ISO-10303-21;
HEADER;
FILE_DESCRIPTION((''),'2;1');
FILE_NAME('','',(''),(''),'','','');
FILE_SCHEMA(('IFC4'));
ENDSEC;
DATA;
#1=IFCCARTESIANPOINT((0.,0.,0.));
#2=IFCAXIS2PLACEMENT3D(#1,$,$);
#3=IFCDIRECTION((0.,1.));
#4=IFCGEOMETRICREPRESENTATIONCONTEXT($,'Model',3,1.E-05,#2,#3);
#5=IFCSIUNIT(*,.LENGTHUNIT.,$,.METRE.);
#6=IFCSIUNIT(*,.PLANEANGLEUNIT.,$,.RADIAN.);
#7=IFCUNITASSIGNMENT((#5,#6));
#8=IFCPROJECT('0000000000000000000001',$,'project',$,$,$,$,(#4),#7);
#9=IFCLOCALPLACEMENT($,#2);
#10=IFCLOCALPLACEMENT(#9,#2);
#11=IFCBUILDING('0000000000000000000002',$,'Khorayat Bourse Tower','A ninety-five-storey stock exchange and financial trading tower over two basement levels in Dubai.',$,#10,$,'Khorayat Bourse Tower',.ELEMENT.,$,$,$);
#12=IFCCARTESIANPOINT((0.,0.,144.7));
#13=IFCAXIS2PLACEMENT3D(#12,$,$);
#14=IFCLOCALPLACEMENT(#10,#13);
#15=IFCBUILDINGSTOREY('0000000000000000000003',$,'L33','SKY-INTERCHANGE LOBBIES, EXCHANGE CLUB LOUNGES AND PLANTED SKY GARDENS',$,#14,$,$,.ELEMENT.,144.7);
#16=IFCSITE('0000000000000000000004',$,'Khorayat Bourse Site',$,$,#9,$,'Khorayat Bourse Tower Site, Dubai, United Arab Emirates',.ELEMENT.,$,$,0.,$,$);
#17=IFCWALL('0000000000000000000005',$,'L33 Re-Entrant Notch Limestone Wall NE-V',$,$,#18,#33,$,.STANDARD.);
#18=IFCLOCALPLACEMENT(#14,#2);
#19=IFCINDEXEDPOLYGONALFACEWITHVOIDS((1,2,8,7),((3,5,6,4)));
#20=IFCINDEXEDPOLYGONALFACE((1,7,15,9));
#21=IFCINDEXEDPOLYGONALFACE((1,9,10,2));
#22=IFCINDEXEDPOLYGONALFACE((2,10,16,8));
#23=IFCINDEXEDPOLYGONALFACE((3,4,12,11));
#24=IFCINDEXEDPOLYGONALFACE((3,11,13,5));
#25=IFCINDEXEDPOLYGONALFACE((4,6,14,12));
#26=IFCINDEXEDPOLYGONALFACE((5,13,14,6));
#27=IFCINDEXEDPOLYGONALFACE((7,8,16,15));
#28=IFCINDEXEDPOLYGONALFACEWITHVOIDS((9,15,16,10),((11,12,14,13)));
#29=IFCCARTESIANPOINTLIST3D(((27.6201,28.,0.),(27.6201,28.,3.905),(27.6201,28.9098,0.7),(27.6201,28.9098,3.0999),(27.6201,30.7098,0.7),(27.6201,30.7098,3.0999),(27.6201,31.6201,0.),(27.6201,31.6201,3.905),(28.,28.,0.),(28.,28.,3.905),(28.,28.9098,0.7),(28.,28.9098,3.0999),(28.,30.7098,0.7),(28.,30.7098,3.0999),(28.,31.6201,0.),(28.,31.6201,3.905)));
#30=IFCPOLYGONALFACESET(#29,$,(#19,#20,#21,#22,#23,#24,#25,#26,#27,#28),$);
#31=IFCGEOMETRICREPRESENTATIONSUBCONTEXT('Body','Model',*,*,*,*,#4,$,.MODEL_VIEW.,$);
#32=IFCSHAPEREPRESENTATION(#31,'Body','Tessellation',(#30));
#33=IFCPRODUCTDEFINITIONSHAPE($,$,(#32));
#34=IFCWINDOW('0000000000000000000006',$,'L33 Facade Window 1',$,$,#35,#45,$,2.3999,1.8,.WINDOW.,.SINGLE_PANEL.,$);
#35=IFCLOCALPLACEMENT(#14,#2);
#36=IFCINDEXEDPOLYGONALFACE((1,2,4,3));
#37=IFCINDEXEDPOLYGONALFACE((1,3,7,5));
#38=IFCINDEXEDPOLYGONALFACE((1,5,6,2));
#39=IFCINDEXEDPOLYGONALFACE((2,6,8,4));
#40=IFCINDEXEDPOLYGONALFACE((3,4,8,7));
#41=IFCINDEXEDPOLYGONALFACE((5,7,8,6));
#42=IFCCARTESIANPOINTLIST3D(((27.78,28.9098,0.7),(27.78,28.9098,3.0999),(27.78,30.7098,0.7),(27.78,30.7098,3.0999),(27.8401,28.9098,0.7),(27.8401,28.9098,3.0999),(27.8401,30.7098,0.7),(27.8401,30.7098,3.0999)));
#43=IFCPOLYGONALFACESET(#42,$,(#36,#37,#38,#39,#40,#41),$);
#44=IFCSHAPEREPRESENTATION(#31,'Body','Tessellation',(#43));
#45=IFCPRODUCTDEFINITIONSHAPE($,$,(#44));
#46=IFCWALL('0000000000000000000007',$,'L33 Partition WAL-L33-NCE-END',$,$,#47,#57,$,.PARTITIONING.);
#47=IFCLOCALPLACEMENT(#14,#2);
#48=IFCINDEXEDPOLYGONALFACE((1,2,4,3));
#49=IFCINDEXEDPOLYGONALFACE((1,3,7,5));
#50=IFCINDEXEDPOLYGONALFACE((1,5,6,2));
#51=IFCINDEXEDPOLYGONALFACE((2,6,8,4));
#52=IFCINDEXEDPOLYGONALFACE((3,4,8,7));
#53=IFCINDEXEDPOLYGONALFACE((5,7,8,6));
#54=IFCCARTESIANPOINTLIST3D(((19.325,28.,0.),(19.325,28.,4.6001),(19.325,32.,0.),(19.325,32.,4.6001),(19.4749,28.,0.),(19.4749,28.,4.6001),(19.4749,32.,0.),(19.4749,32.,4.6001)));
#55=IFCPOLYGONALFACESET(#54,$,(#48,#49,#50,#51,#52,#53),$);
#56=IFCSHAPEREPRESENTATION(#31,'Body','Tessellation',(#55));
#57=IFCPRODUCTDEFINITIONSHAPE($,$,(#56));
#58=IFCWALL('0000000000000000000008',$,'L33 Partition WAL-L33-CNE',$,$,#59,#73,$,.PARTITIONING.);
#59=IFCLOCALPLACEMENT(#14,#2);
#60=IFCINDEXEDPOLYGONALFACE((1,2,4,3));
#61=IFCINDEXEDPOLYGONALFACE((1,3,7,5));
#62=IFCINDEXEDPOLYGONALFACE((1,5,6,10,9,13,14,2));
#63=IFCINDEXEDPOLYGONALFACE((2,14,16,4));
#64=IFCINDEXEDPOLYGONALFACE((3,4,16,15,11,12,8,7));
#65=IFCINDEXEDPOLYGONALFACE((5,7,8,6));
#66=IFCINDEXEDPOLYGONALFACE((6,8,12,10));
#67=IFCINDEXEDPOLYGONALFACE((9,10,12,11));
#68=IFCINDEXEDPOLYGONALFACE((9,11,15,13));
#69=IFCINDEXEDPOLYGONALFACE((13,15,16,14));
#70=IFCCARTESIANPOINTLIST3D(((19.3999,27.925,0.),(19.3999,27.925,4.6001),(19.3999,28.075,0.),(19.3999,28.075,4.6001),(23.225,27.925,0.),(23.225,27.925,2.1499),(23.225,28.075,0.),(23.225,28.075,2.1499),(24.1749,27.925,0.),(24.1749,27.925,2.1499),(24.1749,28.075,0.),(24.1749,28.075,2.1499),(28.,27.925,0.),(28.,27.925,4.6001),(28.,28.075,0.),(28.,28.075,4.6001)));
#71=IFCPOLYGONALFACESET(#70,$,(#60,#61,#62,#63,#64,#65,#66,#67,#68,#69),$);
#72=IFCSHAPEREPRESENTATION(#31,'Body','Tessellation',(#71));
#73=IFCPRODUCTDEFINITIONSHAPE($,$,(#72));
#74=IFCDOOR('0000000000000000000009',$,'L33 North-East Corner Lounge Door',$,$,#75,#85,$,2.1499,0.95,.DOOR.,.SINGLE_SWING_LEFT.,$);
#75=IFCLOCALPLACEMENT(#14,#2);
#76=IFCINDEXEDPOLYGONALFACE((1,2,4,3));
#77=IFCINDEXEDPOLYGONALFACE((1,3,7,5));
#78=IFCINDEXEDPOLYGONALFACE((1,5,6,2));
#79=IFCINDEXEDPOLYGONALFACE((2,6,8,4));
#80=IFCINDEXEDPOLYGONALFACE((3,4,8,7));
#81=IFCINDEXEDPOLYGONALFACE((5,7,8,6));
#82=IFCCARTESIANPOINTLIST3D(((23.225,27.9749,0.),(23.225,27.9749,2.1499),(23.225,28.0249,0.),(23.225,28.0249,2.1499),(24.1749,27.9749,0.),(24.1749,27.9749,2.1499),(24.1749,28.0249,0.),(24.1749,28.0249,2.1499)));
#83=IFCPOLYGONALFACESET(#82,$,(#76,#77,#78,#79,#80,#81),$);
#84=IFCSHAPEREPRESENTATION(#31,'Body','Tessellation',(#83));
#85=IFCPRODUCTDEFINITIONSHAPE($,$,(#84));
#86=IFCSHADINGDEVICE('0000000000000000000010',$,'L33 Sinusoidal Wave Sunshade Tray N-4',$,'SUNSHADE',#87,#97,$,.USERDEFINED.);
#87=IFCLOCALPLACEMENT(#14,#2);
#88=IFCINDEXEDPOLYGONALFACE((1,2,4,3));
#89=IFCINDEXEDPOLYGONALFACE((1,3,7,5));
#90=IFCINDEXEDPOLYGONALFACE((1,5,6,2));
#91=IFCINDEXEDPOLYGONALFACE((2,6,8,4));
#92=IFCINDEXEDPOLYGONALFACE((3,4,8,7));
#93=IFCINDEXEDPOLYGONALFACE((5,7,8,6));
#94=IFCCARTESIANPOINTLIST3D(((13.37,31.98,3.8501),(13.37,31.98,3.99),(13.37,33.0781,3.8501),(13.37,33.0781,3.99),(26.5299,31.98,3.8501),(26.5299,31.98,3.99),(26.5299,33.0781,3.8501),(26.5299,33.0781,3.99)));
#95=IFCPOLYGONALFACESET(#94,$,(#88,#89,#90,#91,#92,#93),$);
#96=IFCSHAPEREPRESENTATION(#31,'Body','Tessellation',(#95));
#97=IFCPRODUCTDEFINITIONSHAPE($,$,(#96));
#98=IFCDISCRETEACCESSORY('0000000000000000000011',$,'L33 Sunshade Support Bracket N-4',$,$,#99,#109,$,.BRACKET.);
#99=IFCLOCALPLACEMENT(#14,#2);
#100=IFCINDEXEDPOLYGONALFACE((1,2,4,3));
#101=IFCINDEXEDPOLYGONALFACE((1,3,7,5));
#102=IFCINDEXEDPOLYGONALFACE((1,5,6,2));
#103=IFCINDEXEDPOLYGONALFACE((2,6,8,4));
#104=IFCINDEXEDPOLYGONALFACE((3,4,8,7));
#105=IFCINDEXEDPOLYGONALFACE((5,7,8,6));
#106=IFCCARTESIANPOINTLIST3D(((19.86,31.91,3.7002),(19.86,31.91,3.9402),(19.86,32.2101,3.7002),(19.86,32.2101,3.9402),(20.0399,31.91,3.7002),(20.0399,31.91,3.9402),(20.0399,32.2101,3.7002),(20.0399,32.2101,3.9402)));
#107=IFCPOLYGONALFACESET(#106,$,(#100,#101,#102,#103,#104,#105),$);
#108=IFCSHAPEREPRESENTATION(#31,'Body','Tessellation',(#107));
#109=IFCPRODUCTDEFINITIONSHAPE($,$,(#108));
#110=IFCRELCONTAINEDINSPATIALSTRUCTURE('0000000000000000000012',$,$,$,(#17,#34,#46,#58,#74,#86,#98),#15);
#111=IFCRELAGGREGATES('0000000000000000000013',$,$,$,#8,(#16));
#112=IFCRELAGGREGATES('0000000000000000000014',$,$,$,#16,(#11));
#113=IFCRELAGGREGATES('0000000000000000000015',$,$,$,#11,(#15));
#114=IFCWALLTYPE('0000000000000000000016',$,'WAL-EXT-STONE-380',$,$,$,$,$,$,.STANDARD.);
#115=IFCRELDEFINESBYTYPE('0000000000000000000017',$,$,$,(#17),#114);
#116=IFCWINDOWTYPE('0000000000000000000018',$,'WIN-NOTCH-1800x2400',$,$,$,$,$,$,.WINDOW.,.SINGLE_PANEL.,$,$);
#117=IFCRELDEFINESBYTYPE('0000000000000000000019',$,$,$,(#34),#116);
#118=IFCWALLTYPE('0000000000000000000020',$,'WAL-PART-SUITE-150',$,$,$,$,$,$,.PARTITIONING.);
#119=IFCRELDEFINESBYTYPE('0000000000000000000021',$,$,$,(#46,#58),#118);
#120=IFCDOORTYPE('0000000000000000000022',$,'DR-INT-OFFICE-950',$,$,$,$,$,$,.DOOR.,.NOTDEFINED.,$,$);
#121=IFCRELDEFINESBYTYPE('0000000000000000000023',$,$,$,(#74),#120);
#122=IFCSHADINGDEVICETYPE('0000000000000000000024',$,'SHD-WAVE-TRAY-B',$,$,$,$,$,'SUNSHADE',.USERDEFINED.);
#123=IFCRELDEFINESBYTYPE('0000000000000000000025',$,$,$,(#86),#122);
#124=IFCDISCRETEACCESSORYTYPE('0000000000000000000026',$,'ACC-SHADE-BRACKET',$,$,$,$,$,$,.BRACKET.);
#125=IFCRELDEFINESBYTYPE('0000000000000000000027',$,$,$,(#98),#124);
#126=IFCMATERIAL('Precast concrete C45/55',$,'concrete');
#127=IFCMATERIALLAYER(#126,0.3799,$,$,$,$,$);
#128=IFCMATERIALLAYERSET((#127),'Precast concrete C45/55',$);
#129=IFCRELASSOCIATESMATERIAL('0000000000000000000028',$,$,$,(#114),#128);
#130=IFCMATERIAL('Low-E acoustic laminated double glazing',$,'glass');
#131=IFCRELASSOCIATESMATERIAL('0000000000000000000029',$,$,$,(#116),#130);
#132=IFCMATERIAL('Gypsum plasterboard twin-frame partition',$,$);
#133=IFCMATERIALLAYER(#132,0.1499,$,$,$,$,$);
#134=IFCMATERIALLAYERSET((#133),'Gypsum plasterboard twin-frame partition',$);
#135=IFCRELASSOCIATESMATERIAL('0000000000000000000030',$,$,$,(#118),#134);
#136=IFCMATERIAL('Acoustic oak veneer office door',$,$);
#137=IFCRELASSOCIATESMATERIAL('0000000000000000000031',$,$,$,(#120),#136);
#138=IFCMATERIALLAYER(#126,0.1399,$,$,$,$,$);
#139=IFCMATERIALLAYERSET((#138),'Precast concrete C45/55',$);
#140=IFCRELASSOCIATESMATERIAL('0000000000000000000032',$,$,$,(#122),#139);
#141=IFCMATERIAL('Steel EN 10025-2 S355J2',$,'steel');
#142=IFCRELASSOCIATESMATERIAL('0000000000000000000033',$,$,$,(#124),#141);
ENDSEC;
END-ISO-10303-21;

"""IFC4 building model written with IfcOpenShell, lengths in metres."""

from ifc_helpers import new_model, si_unit, direction, frame, frame_2d, origin, origin_2d, place, context, subcontext, project, spatial, rectangle, extrude, source, transform, mapped, material, layer, layer_set, type_object, element, fill, save


model = new_model("IFC4")

# Units and contexts
model_context = context("Model", 3, precision=1e-05, world=origin(), true_north=direction((0.0, 1.0)))
body_context = subcontext(model_context, "Body", "Model", "MODEL_VIEW")
ifc_project = project(units=[si_unit("LENGTHUNIT", "METRE"), si_unit("PLANEANGLEUNIT", "RADIAN")], contexts=[model_context])

# Site, building, storey
site_placement = place(None, origin())
site = spatial("IfcSite", under=ifc_project, at=site_placement, Name="Khorayat Bourse Site", LongName="Khorayat Bourse Tower Site, Dubai, United Arab Emirates", CompositionType="ELEMENT", RefElevation=0.0)
building_placement = place(site_placement, origin())
building = spatial("IfcBuilding", under=site, at=building_placement, Name="Khorayat Bourse Tower", Description="A ninety-five-storey stock exchange and financial trading tower over two basement levels in Dubai.", LongName="Khorayat Bourse Tower", CompositionType="ELEMENT")
storey_placement = place(building_placement, frame((0.0, 0.0, 144.7)))
storey = spatial("IfcBuildingStorey", under=building, at=storey_placement, Name="L33", Description="SKY-INTERCHANGE LOBBIES, EXCHANGE CLUB LOUNGES AND PLANTED SKY GARDENS", CompositionType="ELEMENT", Elevation=144.7)

# Shared definitions
ifc_material_1 = material(Name="Steel EN 10025-2 S355J2", Category="steel")

# Wall, opening, window
ifc_material_2 = material(Name="Precast concrete C45/55", Category="concrete")
ifc_layer_1 = layer(ifc_material_2, 0.3799)
ifc_layer_set_1 = layer_set([ifc_layer_1], Name="Precast concrete C45/55")
wall_type_1 = type_object("IfcWallType", Name="WAL-EXT-STONE-380", PredefinedType="STANDARD", material=ifc_layer_set_1)
shared_shape_1 = source(origin(), body_context, "Body", "SweptSolid", [
    extrude(rectangle(XDim=3.6201, YDim=0.3799, at=frame_2d((1.8101, 0.0))), origin(), (0.0, 0.0, 1.0), 3.905),
])
shared_shape_2 = source(origin(), body_context, "Body", "SweptSolid", [
    extrude(rectangle(XDim=1.8, YDim=2.3999, at=frame_2d((0.8999, 1.2))), frame((0.0, 0.2, 0.0), z_axis=(0.0, -1.0, 0.0), x_axis=(1.0, 0.0, 0.0)), (0.0, 0.0, 1.0), 0.3999),
])
ifc_material_3 = material(Name="Low-E acoustic laminated double glazing", Category="glass")
window_type = type_object("IfcWindowType", Name="WIN-NOTCH-1800x2400", PartitioningType="SINGLE_PANEL", PredefinedType="WINDOW", material=ifc_material_3)
shared_shape_3 = source(origin(), body_context, "Body", "SweptSolid", [
    extrude(rectangle(XDim=1.8, YDim=2.3999, at=frame_2d((0.8999, 1.2))), frame((0.0, 0.03, 0.0), z_axis=(0.0, -1.0, 0.0), x_axis=(1.0, 0.0, 0.0)), (0.0, 0.0, 1.0), 0.0601),
])
wall_1_placement = place(storey_placement, frame((27.8101, 28.0, 0.0), z_axis=(0.0, 0.0, 1.0), x_axis=(0.0, 1.0, 0.0)))
wall_1 = element("IfcWall", 1, at=wall_1_placement, inside=storey, type_object=wall_type_1, Name="L33 Re-Entrant Notch Limestone Wall NE-V", PredefinedType="STANDARD", context=body_context, shape_type="MappedRepresentation", body=[
    mapped(shared_shape_1, transform((0.0, 0.0, 0.0), scale=1.0)),
])
opening_1_placement = place(wall_1_placement, frame((0.9099, 0.0, 0.7)))
opening_1 = element("IfcOpeningElement", 2, at=opening_1_placement, cuts=wall_1, PredefinedType="OPENING", context=body_context, shape_type="MappedRepresentation", body=[
    mapped(shared_shape_2, transform((0.0, 0.0, 0.0), scale=1.0)),
])
window_1_placement = place(opening_1_placement, origin())
window_1 = element("IfcWindow", 3, at=window_1_placement, inside=storey, type_object=window_type, Name="L33 Facade Window 1", OverallHeight=2.3999, OverallWidth=1.8, PartitioningType="SINGLE_PANEL", PredefinedType="WINDOW", context=body_context, shape_type="MappedRepresentation", body=[
    mapped(shared_shape_3, transform((0.0, 0.0, 0.0), scale=1.0)),
])
fill(opening_1, window_1)

# Wall
ifc_material_4 = material(Name="Gypsum plasterboard twin-frame partition")
ifc_layer_2 = layer(ifc_material_4, 0.1499)
ifc_layer_set_2 = layer_set([ifc_layer_2], Name="Gypsum plasterboard twin-frame partition")
wall_type_2 = type_object("IfcWallType", Name="WAL-PART-SUITE-150", PredefinedType="PARTITIONING", material=ifc_layer_set_2)
shared_shape_4 = source(origin(), body_context, "Body", "SweptSolid", [
    extrude(rectangle(XDim=4.0, YDim=0.1499, at=frame_2d((2.0, 0.0))), origin(), (0.0, 0.0, 1.0), 4.6001),
])
wall_2_placement = place(storey_placement, frame((19.3999, 28.0, 0.0), z_axis=(0.0, 0.0, 1.0), x_axis=(0.0, 1.0, 0.0)))
element("IfcWall", 4, at=wall_2_placement, inside=storey, type_object=wall_type_2, Name="L33 Partition WAL-L33-NCE-END", PredefinedType="PARTITIONING", context=body_context, shape_type="MappedRepresentation", body=[
    mapped(shared_shape_4, transform((0.0, 0.0, 0.0), scale=1.0)),
])

# Wall, opening, door
shared_shape_5 = source(origin(), body_context, "Body", "SweptSolid", [
    extrude(rectangle(XDim=8.6001, YDim=0.1499, at=frame_2d((4.3, 0.0))), origin(), (0.0, 0.0, 1.0), 4.6001),
])
wall_3_placement = place(storey_placement, frame((19.3999, 28.0, 0.0), z_axis=(0.0, 0.0, 1.0), x_axis=(1.0, 0.0, 0.0)))
wall_3 = element("IfcWall", 5, at=wall_3_placement, inside=storey, type_object=wall_type_2, Name="L33 Partition WAL-L33-CNE", PredefinedType="PARTITIONING", context=body_context, shape_type="MappedRepresentation", body=[
    mapped(shared_shape_5, transform((0.0, 0.0, 0.0), scale=1.0)),
])
shared_shape_6 = source(origin(), body_context, "Body", "SweptSolid", [
    extrude(rectangle(XDim=0.95, YDim=2.1499, at=frame_2d((0.4751, 1.075))), frame((0.0, 0.085, 0.0), z_axis=(0.0, -1.0, 0.0), x_axis=(1.0, 0.0, 0.0)), (0.0, 0.0, 1.0), 0.1699),
])
opening_2_placement = place(wall_3_placement, frame((3.825, 0.0, 0.0)))
opening_2 = element("IfcOpeningElement", 6, at=opening_2_placement, cuts=wall_3, PredefinedType="OPENING", context=body_context, shape_type="MappedRepresentation", body=[
    mapped(shared_shape_6, transform((0.0, 0.0, 0.0), scale=1.0)),
])
ifc_material_5 = material(Name="Acoustic oak veneer office door")
door_type = type_object("IfcDoorType", Name="DR-INT-OFFICE-950", OperationType="NOTDEFINED", PredefinedType="DOOR", material=ifc_material_5)
shared_shape_7 = source(origin(), body_context, "Body", "SweptSolid", [
    extrude(rectangle(XDim=0.95, YDim=2.1499, at=frame_2d((0.4751, 1.075))), frame((0.0, 0.0249, 0.0), z_axis=(0.0, -1.0, 0.0), x_axis=(1.0, 0.0, 0.0)), (0.0, 0.0, 1.0), 0.05),
])
door_placement = place(opening_2_placement, origin())
door = element("IfcDoor", 7, at=door_placement, inside=storey, type_object=door_type, Name="L33 North-East Corner Lounge Door", OperationType="SINGLE_SWING_LEFT", OverallHeight=2.1499, OverallWidth=0.95, PredefinedType="DOOR", context=body_context, shape_type="MappedRepresentation", body=[
    mapped(shared_shape_7, transform((0.0, 0.0, 0.0), scale=1.0)),
])
fill(opening_2, door)

# Shading device
ifc_layer_3 = layer(ifc_material_2, 0.1399)
ifc_layer_set_3 = layer_set([ifc_layer_3], Name="Precast concrete C45/55")
shading_device_type = type_object("IfcShadingDeviceType", Name="SHD-WAVE-TRAY-B", ElementType="SUNSHADE", PredefinedType="USERDEFINED", material=ifc_layer_set_3)
shared_shape_8 = source(origin(), body_context, "Body", "SweptSolid", [
    extrude(rectangle(XDim=13.1599, YDim=1.0981, at=origin_2d()), origin(), (0.0, 0.0, 1.0), 0.1399),
])
shading_device_placement = place(storey_placement, frame((19.95, 32.5291, 3.8501), z_axis=(0.0, 0.0, 1.0), x_axis=(1.0, 0.0, 0.0)))
element("IfcShadingDevice", 8, at=shading_device_placement, inside=storey, type_object=shading_device_type, Name="L33 Sinusoidal Wave Sunshade Tray N-4", ObjectType="SUNSHADE", PredefinedType="USERDEFINED", context=body_context, shape_type="MappedRepresentation", body=[
    mapped(shared_shape_8, transform((0.0, 0.0, 0.0), scale=1.0)),
])

# Discrete accessory
discrete_accessory_type = type_object("IfcDiscreteAccessoryType", Name="ACC-SHADE-BRACKET", PredefinedType="BRACKET", material=ifc_material_1)
shared_shape_9 = source(origin(), body_context, "Body", "SweptSolid", [
    extrude(rectangle(XDim=0.1799, YDim=0.3, at=origin_2d()), origin(), (0.0, 0.0, 1.0), 0.24),
])
discrete_accessory_placement = place(storey_placement, frame((19.95, 32.0601, 3.7002), z_axis=(0.0, 0.0, 1.0), x_axis=(1.0, 0.0, 0.0)))
element("IfcDiscreteAccessory", 9, at=discrete_accessory_placement, inside=storey, type_object=discrete_accessory_type, Name="L33 Sunshade Support Bracket N-4", PredefinedType="BRACKET", context=body_context, shape_type="MappedRepresentation", body=[
    mapped(shared_shape_9, transform((0.0, 0.0, 0.0), scale=1.0)),
])

save(model, "model.ifc")
